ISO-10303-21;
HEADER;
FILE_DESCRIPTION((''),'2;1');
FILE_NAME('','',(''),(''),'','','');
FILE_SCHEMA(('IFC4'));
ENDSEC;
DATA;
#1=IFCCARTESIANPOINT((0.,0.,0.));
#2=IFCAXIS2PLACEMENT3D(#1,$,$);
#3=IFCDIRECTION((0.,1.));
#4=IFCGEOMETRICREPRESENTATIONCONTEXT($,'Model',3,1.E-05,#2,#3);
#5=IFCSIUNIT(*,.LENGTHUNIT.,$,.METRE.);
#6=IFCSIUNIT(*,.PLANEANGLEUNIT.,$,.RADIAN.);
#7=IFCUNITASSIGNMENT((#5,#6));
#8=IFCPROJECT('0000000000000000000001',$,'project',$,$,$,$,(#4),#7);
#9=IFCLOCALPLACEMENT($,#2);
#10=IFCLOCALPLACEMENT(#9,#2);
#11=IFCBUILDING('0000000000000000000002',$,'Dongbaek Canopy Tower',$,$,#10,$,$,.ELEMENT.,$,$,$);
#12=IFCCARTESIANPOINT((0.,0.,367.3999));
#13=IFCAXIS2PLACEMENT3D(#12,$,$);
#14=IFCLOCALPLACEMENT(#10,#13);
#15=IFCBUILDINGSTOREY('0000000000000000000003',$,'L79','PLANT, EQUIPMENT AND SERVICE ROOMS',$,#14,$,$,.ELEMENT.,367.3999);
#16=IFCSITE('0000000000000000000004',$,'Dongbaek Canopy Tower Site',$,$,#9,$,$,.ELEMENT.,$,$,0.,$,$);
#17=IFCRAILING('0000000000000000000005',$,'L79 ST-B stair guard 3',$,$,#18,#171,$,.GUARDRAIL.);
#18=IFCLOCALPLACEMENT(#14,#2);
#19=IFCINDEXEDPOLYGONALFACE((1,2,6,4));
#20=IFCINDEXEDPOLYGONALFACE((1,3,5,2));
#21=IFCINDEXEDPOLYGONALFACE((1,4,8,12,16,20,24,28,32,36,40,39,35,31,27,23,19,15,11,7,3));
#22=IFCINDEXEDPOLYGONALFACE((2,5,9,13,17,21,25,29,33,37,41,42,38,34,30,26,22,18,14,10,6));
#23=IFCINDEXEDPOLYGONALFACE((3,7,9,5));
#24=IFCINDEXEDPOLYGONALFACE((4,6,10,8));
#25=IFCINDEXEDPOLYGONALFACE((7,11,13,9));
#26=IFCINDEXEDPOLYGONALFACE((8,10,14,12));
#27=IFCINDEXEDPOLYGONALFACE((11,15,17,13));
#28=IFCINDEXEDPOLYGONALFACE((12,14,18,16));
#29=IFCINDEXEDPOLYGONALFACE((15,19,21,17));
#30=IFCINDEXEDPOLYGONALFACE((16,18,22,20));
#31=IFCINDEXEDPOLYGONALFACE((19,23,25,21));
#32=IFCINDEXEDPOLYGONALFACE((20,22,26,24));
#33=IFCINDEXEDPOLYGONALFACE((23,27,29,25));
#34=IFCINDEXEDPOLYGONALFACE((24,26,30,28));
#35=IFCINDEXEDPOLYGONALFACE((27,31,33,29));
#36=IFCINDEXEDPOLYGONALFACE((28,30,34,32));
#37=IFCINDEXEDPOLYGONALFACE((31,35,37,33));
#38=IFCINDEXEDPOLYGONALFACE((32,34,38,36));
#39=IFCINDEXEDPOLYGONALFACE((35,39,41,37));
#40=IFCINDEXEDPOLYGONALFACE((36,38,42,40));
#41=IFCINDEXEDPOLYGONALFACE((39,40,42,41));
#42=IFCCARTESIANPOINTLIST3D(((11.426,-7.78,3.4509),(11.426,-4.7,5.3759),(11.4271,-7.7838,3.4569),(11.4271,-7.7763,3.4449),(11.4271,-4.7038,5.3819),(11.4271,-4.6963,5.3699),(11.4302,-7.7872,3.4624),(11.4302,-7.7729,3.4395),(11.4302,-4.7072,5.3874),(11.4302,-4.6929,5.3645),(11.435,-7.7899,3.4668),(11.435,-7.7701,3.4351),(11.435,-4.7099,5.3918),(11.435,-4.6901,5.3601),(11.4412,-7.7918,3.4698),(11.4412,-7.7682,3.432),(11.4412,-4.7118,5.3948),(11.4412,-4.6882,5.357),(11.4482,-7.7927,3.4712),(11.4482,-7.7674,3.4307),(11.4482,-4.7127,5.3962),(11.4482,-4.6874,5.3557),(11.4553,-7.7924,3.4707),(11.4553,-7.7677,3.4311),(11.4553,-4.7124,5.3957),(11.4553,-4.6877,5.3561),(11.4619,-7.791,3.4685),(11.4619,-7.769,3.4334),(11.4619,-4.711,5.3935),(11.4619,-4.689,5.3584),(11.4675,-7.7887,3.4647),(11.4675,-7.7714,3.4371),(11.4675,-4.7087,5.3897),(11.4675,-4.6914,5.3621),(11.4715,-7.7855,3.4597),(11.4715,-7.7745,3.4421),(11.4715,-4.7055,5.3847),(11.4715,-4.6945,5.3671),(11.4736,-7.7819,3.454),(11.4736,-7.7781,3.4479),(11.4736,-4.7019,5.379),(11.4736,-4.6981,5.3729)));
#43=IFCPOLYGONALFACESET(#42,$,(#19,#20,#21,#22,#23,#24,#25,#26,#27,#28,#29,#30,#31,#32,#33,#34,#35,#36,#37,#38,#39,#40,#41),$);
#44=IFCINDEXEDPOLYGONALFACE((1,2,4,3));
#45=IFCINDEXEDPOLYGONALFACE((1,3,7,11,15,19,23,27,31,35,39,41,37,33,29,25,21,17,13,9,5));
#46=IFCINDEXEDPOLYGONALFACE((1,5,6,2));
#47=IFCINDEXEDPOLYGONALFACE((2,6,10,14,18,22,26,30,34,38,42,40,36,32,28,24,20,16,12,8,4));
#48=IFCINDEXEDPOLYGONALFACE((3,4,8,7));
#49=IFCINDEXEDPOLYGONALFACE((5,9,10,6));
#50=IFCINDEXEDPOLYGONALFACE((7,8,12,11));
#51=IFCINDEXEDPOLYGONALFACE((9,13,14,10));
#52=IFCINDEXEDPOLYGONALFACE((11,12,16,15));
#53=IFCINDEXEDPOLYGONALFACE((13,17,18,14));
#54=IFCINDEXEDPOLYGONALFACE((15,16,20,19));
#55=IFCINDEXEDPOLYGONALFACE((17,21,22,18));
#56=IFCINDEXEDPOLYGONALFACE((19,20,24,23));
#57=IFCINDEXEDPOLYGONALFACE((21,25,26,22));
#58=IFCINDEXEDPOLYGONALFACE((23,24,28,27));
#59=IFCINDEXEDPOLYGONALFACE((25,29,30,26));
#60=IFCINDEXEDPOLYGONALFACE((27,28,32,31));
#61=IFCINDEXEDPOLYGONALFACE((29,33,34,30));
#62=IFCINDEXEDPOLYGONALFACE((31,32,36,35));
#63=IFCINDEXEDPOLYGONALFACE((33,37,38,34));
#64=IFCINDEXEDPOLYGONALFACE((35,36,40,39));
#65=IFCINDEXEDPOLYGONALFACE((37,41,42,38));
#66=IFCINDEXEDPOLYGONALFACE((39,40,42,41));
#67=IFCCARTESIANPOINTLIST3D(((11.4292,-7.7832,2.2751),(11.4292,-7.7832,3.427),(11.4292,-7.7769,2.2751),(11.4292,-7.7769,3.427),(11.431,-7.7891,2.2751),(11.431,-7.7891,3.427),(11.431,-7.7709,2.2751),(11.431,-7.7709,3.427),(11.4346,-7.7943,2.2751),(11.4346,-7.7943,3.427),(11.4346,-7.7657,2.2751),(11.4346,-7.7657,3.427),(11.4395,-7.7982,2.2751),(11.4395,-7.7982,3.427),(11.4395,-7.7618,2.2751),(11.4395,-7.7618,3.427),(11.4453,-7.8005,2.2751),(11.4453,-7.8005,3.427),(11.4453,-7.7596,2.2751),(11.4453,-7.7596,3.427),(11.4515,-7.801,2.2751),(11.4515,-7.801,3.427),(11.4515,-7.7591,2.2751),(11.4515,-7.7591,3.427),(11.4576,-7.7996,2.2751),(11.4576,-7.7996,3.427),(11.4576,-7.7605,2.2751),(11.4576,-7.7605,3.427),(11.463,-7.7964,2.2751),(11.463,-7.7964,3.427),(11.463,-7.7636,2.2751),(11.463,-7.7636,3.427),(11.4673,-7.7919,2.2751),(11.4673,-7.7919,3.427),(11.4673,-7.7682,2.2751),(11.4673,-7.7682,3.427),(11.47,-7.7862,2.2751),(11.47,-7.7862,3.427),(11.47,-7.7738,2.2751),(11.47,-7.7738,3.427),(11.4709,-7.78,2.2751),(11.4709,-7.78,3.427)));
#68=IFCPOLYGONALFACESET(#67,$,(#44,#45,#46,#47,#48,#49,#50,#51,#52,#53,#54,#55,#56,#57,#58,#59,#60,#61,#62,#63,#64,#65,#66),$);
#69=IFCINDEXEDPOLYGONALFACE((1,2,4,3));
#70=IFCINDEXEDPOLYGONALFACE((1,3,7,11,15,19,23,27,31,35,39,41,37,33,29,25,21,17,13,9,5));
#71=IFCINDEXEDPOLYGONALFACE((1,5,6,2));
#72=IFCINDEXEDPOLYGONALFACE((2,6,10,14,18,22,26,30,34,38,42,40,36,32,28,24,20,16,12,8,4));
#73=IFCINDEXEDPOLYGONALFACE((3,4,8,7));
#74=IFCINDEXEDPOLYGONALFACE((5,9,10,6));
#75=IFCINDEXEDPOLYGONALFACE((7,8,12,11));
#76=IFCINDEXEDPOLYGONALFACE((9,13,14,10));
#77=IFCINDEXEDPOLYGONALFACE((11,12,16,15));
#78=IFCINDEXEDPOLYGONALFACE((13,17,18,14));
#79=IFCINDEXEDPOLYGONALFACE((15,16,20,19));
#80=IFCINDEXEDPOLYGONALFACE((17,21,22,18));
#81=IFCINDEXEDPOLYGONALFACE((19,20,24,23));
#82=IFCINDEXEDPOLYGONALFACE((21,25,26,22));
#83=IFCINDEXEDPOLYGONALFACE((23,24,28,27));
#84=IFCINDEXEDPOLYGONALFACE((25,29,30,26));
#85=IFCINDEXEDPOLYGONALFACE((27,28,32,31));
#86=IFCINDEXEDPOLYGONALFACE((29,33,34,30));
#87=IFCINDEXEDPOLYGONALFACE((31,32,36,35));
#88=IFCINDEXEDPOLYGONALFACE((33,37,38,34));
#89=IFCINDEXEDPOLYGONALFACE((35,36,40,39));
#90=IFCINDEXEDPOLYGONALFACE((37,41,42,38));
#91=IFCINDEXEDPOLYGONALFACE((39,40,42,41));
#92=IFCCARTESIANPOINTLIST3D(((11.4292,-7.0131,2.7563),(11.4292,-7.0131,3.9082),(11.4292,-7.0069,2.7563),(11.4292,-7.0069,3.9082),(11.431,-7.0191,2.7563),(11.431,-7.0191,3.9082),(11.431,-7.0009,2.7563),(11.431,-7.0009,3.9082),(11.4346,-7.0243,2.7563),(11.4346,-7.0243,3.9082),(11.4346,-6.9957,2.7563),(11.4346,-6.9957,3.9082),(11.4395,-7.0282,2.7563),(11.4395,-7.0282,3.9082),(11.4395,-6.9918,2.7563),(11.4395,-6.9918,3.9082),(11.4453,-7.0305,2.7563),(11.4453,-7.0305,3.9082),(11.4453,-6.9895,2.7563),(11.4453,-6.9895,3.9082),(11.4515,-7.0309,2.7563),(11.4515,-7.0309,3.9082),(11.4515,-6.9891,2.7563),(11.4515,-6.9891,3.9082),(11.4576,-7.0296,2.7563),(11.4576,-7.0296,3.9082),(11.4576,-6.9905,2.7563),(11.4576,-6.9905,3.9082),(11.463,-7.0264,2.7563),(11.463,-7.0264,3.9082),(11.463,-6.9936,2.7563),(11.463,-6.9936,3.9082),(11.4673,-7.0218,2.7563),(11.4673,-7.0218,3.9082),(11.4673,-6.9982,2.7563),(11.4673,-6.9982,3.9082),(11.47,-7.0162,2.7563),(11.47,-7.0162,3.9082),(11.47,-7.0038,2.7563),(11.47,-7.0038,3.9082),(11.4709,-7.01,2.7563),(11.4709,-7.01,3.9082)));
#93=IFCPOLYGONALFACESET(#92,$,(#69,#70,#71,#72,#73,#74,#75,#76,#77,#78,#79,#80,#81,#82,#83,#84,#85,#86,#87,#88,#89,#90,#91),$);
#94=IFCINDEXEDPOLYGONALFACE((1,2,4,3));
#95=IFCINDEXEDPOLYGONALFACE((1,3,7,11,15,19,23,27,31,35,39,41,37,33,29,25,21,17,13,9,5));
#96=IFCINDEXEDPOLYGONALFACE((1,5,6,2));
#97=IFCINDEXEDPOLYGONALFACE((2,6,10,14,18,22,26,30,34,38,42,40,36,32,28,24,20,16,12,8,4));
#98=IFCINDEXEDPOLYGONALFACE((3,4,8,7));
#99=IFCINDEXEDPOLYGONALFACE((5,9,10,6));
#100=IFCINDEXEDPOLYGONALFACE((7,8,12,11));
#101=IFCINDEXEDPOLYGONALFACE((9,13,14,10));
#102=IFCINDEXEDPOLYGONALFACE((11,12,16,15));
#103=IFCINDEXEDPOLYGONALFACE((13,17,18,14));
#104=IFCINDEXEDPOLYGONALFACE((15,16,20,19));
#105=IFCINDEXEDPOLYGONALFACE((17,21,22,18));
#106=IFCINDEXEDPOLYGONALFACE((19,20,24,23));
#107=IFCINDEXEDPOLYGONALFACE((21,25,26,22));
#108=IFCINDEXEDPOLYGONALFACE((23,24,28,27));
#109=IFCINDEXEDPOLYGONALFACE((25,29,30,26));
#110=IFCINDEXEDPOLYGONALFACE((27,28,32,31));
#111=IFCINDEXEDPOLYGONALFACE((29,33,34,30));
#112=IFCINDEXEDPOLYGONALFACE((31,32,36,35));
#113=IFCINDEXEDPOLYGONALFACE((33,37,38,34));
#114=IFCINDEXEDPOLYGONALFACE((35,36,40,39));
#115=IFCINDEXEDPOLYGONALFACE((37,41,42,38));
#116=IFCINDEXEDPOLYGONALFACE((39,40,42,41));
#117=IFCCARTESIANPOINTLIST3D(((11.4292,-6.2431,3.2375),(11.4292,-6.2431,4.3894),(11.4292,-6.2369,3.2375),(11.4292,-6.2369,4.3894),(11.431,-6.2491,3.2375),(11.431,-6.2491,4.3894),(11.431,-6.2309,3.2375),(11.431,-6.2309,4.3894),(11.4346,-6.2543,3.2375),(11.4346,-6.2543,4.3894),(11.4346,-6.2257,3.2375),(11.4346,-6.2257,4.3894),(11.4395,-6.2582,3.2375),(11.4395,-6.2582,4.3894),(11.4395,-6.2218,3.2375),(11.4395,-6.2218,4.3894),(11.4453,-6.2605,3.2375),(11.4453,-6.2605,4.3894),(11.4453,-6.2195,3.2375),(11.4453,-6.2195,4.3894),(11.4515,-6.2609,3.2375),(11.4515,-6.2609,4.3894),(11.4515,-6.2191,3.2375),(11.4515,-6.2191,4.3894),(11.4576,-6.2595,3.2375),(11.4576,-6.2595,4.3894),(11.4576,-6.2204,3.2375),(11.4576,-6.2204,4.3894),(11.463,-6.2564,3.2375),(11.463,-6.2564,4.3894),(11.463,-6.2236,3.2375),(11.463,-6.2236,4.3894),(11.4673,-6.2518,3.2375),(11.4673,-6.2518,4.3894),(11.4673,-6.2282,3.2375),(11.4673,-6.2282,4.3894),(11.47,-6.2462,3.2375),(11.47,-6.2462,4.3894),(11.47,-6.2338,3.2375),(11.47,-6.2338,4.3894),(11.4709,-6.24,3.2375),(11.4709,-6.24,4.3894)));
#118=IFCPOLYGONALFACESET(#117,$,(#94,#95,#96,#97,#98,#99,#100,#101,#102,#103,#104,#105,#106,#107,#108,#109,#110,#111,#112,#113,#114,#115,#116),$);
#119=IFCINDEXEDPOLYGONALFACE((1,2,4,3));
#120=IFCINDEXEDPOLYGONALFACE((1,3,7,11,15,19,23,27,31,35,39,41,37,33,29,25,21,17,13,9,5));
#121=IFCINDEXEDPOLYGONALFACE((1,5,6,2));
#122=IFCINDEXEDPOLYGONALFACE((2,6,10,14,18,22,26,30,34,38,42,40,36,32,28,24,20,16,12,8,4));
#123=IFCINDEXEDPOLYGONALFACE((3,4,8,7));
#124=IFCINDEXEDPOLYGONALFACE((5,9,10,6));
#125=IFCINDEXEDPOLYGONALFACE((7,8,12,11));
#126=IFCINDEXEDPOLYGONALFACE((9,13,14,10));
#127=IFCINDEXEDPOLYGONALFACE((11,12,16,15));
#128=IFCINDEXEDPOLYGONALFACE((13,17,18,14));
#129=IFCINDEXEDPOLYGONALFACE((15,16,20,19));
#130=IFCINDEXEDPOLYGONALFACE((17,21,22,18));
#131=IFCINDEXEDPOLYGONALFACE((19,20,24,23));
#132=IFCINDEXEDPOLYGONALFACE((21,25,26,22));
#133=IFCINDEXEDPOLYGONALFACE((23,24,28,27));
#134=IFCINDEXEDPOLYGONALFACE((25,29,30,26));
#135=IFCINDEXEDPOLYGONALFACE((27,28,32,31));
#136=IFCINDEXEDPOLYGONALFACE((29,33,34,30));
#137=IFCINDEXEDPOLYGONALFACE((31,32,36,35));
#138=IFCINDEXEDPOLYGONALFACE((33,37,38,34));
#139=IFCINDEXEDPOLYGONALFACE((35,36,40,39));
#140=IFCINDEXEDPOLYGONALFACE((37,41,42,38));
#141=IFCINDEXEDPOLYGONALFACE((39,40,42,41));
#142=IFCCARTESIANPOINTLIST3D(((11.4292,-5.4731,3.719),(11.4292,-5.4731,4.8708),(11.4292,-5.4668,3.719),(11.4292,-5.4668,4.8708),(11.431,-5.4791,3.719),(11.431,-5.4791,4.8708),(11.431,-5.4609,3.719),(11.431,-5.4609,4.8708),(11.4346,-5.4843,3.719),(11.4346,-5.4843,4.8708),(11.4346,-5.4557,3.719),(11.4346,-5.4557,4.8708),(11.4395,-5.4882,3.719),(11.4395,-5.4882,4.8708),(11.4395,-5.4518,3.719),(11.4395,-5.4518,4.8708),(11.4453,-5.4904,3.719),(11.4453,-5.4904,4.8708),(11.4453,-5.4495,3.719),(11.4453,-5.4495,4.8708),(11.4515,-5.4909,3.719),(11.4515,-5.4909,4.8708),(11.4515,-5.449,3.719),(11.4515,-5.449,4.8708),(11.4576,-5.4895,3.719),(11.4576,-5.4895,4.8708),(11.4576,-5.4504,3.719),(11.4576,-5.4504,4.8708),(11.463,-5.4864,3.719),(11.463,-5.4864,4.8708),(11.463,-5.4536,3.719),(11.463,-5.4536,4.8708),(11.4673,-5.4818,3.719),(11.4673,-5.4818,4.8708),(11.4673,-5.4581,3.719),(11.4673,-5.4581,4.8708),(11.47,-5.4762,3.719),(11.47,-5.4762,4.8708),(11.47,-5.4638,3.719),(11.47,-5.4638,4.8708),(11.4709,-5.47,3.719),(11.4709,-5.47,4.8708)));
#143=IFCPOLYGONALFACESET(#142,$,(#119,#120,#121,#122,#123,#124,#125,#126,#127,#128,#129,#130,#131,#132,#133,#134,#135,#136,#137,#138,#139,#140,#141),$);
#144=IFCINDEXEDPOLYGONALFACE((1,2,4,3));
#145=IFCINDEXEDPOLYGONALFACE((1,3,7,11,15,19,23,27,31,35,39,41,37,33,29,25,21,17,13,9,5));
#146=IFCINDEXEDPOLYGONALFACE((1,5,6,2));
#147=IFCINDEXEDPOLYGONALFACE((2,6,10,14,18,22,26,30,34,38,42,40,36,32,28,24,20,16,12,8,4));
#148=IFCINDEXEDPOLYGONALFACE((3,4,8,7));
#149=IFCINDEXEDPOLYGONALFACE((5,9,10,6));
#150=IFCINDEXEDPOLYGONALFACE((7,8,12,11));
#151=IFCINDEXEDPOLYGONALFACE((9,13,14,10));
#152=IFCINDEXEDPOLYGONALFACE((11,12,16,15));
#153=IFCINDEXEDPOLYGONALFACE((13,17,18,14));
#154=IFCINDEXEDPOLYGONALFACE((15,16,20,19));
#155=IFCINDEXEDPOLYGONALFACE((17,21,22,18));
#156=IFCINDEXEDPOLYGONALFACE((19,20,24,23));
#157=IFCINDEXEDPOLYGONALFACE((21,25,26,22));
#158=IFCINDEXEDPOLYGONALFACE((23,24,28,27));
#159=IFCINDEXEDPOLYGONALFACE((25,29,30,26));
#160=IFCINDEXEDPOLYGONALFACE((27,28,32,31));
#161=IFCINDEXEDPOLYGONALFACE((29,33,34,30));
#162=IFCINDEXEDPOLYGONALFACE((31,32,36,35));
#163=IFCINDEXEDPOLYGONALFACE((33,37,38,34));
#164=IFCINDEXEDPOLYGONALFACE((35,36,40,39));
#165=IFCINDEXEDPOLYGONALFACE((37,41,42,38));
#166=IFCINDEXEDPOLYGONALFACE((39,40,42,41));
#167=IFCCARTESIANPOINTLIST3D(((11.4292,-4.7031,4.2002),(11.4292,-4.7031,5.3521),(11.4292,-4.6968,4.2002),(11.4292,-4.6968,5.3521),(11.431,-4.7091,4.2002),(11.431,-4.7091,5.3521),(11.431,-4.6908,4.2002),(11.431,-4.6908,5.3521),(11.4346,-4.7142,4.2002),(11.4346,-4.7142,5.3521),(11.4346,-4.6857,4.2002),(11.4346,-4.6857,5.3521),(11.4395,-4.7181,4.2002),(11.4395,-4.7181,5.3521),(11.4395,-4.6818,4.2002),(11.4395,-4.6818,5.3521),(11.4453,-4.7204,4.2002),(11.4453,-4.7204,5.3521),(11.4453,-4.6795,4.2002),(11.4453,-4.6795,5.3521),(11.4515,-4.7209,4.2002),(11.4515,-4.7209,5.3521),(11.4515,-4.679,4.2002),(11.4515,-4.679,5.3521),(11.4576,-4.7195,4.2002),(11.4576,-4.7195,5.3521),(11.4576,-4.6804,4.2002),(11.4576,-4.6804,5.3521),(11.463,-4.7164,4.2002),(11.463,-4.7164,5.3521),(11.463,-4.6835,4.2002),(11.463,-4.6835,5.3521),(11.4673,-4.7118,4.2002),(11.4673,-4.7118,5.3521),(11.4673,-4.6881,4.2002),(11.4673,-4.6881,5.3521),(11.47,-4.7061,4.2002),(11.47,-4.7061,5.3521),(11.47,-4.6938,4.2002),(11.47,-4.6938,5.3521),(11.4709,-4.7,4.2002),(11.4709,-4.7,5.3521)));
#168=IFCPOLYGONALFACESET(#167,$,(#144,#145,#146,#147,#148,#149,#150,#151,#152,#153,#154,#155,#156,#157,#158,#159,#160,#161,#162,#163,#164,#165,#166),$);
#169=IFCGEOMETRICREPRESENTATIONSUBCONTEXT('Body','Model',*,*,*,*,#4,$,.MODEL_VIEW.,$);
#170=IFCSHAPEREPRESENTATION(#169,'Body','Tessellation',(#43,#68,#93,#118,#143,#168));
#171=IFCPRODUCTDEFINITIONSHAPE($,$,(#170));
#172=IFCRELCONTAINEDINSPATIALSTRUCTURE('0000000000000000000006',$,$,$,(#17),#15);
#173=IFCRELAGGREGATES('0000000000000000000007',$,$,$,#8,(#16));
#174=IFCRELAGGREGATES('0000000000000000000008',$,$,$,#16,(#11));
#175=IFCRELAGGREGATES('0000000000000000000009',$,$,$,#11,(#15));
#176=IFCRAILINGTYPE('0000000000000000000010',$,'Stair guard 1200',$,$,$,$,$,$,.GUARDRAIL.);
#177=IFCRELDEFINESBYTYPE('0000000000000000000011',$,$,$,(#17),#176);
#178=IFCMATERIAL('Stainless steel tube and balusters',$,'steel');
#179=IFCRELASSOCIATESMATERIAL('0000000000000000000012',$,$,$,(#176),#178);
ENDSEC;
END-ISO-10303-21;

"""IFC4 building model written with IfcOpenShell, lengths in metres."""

from ifc_helpers import new_model, si_unit, direction, frame, origin, origin_2d, place, context, subcontext, project, spatial, circle, extrude, material, type_object, element, save


model = new_model("IFC4")

# Units and contexts
model_context = context("Model", 3, precision=1e-05, world=origin(), true_north=direction((0.0, 1.0)))
body_context = subcontext(model_context, "Body", "Model", "MODEL_VIEW")
ifc_project = project(units=[si_unit("LENGTHUNIT", "METRE"), si_unit("PLANEANGLEUNIT", "RADIAN")], contexts=[model_context])

# Site, building, storey
site_placement = place(None, origin())
site = spatial("IfcSite", under=ifc_project, at=site_placement, Name="Dongbaek Canopy Tower Site", CompositionType="ELEMENT", RefElevation=0.0)
building_placement = place(site_placement, origin())
building = spatial("IfcBuilding", under=site, at=building_placement, Name="Dongbaek Canopy Tower", CompositionType="ELEMENT")
storey_placement = place(building_placement, frame((0.0, 0.0, 367.3999)))
storey = spatial("IfcBuildingStorey", under=building, at=storey_placement, Name="L79", Description="PLANT, EQUIPMENT AND SERVICE ROOMS", CompositionType="ELEMENT", Elevation=367.3999)

# Railing
ifc_material_1 = material(Name="Stainless steel tube and balusters", Category="steel")
railing_type_1 = type_object("IfcRailingType", Name="Stair guard 1200", PredefinedType="GUARDRAIL", material=ifc_material_1)
railing_1_placement = place(storey_placement, frame((11.45, -7.78, 2.2751)))
element("IfcRailing", 1, at=railing_1_placement, inside=storey, type_object=railing_type_1, Name="L79 ST-B stair guard 3", PredefinedType="GUARDRAIL", context=body_context, shape_type="SweptSolid", body=[
    extrude(circle(Radius=0.0239, at=origin_2d()), frame((0.0, 0.0, 1.1758), z_axis=(0.0, 0.847998, 0.529999), x_axis=(-1.0, 0.0, 0.0)), (0.0, 0.0, 1.0), 3.6321),
    extrude(circle(Radius=0.021, at=origin_2d()), origin(), (0.0, 0.0, 1.0), 1.1519),
    extrude(circle(Radius=0.021, at=origin_2d()), frame((0.0, 0.77, 0.4812)), (0.0, 0.0, 1.0), 1.1519),
    extrude(circle(Radius=0.021, at=origin_2d()), frame((0.0, 1.54, 0.9624)), (0.0, 0.0, 1.0), 1.1519),
    extrude(circle(Radius=0.021, at=origin_2d()), frame((0.0, 2.3101, 1.4438)), (0.0, 0.0, 1.0), 1.1519),
    extrude(circle(Radius=0.021, at=origin_2d()), frame((0.0, 3.0801, 1.925)), (0.0, 0.0, 1.0), 1.1519),
])

save(model, "model.ifc")
